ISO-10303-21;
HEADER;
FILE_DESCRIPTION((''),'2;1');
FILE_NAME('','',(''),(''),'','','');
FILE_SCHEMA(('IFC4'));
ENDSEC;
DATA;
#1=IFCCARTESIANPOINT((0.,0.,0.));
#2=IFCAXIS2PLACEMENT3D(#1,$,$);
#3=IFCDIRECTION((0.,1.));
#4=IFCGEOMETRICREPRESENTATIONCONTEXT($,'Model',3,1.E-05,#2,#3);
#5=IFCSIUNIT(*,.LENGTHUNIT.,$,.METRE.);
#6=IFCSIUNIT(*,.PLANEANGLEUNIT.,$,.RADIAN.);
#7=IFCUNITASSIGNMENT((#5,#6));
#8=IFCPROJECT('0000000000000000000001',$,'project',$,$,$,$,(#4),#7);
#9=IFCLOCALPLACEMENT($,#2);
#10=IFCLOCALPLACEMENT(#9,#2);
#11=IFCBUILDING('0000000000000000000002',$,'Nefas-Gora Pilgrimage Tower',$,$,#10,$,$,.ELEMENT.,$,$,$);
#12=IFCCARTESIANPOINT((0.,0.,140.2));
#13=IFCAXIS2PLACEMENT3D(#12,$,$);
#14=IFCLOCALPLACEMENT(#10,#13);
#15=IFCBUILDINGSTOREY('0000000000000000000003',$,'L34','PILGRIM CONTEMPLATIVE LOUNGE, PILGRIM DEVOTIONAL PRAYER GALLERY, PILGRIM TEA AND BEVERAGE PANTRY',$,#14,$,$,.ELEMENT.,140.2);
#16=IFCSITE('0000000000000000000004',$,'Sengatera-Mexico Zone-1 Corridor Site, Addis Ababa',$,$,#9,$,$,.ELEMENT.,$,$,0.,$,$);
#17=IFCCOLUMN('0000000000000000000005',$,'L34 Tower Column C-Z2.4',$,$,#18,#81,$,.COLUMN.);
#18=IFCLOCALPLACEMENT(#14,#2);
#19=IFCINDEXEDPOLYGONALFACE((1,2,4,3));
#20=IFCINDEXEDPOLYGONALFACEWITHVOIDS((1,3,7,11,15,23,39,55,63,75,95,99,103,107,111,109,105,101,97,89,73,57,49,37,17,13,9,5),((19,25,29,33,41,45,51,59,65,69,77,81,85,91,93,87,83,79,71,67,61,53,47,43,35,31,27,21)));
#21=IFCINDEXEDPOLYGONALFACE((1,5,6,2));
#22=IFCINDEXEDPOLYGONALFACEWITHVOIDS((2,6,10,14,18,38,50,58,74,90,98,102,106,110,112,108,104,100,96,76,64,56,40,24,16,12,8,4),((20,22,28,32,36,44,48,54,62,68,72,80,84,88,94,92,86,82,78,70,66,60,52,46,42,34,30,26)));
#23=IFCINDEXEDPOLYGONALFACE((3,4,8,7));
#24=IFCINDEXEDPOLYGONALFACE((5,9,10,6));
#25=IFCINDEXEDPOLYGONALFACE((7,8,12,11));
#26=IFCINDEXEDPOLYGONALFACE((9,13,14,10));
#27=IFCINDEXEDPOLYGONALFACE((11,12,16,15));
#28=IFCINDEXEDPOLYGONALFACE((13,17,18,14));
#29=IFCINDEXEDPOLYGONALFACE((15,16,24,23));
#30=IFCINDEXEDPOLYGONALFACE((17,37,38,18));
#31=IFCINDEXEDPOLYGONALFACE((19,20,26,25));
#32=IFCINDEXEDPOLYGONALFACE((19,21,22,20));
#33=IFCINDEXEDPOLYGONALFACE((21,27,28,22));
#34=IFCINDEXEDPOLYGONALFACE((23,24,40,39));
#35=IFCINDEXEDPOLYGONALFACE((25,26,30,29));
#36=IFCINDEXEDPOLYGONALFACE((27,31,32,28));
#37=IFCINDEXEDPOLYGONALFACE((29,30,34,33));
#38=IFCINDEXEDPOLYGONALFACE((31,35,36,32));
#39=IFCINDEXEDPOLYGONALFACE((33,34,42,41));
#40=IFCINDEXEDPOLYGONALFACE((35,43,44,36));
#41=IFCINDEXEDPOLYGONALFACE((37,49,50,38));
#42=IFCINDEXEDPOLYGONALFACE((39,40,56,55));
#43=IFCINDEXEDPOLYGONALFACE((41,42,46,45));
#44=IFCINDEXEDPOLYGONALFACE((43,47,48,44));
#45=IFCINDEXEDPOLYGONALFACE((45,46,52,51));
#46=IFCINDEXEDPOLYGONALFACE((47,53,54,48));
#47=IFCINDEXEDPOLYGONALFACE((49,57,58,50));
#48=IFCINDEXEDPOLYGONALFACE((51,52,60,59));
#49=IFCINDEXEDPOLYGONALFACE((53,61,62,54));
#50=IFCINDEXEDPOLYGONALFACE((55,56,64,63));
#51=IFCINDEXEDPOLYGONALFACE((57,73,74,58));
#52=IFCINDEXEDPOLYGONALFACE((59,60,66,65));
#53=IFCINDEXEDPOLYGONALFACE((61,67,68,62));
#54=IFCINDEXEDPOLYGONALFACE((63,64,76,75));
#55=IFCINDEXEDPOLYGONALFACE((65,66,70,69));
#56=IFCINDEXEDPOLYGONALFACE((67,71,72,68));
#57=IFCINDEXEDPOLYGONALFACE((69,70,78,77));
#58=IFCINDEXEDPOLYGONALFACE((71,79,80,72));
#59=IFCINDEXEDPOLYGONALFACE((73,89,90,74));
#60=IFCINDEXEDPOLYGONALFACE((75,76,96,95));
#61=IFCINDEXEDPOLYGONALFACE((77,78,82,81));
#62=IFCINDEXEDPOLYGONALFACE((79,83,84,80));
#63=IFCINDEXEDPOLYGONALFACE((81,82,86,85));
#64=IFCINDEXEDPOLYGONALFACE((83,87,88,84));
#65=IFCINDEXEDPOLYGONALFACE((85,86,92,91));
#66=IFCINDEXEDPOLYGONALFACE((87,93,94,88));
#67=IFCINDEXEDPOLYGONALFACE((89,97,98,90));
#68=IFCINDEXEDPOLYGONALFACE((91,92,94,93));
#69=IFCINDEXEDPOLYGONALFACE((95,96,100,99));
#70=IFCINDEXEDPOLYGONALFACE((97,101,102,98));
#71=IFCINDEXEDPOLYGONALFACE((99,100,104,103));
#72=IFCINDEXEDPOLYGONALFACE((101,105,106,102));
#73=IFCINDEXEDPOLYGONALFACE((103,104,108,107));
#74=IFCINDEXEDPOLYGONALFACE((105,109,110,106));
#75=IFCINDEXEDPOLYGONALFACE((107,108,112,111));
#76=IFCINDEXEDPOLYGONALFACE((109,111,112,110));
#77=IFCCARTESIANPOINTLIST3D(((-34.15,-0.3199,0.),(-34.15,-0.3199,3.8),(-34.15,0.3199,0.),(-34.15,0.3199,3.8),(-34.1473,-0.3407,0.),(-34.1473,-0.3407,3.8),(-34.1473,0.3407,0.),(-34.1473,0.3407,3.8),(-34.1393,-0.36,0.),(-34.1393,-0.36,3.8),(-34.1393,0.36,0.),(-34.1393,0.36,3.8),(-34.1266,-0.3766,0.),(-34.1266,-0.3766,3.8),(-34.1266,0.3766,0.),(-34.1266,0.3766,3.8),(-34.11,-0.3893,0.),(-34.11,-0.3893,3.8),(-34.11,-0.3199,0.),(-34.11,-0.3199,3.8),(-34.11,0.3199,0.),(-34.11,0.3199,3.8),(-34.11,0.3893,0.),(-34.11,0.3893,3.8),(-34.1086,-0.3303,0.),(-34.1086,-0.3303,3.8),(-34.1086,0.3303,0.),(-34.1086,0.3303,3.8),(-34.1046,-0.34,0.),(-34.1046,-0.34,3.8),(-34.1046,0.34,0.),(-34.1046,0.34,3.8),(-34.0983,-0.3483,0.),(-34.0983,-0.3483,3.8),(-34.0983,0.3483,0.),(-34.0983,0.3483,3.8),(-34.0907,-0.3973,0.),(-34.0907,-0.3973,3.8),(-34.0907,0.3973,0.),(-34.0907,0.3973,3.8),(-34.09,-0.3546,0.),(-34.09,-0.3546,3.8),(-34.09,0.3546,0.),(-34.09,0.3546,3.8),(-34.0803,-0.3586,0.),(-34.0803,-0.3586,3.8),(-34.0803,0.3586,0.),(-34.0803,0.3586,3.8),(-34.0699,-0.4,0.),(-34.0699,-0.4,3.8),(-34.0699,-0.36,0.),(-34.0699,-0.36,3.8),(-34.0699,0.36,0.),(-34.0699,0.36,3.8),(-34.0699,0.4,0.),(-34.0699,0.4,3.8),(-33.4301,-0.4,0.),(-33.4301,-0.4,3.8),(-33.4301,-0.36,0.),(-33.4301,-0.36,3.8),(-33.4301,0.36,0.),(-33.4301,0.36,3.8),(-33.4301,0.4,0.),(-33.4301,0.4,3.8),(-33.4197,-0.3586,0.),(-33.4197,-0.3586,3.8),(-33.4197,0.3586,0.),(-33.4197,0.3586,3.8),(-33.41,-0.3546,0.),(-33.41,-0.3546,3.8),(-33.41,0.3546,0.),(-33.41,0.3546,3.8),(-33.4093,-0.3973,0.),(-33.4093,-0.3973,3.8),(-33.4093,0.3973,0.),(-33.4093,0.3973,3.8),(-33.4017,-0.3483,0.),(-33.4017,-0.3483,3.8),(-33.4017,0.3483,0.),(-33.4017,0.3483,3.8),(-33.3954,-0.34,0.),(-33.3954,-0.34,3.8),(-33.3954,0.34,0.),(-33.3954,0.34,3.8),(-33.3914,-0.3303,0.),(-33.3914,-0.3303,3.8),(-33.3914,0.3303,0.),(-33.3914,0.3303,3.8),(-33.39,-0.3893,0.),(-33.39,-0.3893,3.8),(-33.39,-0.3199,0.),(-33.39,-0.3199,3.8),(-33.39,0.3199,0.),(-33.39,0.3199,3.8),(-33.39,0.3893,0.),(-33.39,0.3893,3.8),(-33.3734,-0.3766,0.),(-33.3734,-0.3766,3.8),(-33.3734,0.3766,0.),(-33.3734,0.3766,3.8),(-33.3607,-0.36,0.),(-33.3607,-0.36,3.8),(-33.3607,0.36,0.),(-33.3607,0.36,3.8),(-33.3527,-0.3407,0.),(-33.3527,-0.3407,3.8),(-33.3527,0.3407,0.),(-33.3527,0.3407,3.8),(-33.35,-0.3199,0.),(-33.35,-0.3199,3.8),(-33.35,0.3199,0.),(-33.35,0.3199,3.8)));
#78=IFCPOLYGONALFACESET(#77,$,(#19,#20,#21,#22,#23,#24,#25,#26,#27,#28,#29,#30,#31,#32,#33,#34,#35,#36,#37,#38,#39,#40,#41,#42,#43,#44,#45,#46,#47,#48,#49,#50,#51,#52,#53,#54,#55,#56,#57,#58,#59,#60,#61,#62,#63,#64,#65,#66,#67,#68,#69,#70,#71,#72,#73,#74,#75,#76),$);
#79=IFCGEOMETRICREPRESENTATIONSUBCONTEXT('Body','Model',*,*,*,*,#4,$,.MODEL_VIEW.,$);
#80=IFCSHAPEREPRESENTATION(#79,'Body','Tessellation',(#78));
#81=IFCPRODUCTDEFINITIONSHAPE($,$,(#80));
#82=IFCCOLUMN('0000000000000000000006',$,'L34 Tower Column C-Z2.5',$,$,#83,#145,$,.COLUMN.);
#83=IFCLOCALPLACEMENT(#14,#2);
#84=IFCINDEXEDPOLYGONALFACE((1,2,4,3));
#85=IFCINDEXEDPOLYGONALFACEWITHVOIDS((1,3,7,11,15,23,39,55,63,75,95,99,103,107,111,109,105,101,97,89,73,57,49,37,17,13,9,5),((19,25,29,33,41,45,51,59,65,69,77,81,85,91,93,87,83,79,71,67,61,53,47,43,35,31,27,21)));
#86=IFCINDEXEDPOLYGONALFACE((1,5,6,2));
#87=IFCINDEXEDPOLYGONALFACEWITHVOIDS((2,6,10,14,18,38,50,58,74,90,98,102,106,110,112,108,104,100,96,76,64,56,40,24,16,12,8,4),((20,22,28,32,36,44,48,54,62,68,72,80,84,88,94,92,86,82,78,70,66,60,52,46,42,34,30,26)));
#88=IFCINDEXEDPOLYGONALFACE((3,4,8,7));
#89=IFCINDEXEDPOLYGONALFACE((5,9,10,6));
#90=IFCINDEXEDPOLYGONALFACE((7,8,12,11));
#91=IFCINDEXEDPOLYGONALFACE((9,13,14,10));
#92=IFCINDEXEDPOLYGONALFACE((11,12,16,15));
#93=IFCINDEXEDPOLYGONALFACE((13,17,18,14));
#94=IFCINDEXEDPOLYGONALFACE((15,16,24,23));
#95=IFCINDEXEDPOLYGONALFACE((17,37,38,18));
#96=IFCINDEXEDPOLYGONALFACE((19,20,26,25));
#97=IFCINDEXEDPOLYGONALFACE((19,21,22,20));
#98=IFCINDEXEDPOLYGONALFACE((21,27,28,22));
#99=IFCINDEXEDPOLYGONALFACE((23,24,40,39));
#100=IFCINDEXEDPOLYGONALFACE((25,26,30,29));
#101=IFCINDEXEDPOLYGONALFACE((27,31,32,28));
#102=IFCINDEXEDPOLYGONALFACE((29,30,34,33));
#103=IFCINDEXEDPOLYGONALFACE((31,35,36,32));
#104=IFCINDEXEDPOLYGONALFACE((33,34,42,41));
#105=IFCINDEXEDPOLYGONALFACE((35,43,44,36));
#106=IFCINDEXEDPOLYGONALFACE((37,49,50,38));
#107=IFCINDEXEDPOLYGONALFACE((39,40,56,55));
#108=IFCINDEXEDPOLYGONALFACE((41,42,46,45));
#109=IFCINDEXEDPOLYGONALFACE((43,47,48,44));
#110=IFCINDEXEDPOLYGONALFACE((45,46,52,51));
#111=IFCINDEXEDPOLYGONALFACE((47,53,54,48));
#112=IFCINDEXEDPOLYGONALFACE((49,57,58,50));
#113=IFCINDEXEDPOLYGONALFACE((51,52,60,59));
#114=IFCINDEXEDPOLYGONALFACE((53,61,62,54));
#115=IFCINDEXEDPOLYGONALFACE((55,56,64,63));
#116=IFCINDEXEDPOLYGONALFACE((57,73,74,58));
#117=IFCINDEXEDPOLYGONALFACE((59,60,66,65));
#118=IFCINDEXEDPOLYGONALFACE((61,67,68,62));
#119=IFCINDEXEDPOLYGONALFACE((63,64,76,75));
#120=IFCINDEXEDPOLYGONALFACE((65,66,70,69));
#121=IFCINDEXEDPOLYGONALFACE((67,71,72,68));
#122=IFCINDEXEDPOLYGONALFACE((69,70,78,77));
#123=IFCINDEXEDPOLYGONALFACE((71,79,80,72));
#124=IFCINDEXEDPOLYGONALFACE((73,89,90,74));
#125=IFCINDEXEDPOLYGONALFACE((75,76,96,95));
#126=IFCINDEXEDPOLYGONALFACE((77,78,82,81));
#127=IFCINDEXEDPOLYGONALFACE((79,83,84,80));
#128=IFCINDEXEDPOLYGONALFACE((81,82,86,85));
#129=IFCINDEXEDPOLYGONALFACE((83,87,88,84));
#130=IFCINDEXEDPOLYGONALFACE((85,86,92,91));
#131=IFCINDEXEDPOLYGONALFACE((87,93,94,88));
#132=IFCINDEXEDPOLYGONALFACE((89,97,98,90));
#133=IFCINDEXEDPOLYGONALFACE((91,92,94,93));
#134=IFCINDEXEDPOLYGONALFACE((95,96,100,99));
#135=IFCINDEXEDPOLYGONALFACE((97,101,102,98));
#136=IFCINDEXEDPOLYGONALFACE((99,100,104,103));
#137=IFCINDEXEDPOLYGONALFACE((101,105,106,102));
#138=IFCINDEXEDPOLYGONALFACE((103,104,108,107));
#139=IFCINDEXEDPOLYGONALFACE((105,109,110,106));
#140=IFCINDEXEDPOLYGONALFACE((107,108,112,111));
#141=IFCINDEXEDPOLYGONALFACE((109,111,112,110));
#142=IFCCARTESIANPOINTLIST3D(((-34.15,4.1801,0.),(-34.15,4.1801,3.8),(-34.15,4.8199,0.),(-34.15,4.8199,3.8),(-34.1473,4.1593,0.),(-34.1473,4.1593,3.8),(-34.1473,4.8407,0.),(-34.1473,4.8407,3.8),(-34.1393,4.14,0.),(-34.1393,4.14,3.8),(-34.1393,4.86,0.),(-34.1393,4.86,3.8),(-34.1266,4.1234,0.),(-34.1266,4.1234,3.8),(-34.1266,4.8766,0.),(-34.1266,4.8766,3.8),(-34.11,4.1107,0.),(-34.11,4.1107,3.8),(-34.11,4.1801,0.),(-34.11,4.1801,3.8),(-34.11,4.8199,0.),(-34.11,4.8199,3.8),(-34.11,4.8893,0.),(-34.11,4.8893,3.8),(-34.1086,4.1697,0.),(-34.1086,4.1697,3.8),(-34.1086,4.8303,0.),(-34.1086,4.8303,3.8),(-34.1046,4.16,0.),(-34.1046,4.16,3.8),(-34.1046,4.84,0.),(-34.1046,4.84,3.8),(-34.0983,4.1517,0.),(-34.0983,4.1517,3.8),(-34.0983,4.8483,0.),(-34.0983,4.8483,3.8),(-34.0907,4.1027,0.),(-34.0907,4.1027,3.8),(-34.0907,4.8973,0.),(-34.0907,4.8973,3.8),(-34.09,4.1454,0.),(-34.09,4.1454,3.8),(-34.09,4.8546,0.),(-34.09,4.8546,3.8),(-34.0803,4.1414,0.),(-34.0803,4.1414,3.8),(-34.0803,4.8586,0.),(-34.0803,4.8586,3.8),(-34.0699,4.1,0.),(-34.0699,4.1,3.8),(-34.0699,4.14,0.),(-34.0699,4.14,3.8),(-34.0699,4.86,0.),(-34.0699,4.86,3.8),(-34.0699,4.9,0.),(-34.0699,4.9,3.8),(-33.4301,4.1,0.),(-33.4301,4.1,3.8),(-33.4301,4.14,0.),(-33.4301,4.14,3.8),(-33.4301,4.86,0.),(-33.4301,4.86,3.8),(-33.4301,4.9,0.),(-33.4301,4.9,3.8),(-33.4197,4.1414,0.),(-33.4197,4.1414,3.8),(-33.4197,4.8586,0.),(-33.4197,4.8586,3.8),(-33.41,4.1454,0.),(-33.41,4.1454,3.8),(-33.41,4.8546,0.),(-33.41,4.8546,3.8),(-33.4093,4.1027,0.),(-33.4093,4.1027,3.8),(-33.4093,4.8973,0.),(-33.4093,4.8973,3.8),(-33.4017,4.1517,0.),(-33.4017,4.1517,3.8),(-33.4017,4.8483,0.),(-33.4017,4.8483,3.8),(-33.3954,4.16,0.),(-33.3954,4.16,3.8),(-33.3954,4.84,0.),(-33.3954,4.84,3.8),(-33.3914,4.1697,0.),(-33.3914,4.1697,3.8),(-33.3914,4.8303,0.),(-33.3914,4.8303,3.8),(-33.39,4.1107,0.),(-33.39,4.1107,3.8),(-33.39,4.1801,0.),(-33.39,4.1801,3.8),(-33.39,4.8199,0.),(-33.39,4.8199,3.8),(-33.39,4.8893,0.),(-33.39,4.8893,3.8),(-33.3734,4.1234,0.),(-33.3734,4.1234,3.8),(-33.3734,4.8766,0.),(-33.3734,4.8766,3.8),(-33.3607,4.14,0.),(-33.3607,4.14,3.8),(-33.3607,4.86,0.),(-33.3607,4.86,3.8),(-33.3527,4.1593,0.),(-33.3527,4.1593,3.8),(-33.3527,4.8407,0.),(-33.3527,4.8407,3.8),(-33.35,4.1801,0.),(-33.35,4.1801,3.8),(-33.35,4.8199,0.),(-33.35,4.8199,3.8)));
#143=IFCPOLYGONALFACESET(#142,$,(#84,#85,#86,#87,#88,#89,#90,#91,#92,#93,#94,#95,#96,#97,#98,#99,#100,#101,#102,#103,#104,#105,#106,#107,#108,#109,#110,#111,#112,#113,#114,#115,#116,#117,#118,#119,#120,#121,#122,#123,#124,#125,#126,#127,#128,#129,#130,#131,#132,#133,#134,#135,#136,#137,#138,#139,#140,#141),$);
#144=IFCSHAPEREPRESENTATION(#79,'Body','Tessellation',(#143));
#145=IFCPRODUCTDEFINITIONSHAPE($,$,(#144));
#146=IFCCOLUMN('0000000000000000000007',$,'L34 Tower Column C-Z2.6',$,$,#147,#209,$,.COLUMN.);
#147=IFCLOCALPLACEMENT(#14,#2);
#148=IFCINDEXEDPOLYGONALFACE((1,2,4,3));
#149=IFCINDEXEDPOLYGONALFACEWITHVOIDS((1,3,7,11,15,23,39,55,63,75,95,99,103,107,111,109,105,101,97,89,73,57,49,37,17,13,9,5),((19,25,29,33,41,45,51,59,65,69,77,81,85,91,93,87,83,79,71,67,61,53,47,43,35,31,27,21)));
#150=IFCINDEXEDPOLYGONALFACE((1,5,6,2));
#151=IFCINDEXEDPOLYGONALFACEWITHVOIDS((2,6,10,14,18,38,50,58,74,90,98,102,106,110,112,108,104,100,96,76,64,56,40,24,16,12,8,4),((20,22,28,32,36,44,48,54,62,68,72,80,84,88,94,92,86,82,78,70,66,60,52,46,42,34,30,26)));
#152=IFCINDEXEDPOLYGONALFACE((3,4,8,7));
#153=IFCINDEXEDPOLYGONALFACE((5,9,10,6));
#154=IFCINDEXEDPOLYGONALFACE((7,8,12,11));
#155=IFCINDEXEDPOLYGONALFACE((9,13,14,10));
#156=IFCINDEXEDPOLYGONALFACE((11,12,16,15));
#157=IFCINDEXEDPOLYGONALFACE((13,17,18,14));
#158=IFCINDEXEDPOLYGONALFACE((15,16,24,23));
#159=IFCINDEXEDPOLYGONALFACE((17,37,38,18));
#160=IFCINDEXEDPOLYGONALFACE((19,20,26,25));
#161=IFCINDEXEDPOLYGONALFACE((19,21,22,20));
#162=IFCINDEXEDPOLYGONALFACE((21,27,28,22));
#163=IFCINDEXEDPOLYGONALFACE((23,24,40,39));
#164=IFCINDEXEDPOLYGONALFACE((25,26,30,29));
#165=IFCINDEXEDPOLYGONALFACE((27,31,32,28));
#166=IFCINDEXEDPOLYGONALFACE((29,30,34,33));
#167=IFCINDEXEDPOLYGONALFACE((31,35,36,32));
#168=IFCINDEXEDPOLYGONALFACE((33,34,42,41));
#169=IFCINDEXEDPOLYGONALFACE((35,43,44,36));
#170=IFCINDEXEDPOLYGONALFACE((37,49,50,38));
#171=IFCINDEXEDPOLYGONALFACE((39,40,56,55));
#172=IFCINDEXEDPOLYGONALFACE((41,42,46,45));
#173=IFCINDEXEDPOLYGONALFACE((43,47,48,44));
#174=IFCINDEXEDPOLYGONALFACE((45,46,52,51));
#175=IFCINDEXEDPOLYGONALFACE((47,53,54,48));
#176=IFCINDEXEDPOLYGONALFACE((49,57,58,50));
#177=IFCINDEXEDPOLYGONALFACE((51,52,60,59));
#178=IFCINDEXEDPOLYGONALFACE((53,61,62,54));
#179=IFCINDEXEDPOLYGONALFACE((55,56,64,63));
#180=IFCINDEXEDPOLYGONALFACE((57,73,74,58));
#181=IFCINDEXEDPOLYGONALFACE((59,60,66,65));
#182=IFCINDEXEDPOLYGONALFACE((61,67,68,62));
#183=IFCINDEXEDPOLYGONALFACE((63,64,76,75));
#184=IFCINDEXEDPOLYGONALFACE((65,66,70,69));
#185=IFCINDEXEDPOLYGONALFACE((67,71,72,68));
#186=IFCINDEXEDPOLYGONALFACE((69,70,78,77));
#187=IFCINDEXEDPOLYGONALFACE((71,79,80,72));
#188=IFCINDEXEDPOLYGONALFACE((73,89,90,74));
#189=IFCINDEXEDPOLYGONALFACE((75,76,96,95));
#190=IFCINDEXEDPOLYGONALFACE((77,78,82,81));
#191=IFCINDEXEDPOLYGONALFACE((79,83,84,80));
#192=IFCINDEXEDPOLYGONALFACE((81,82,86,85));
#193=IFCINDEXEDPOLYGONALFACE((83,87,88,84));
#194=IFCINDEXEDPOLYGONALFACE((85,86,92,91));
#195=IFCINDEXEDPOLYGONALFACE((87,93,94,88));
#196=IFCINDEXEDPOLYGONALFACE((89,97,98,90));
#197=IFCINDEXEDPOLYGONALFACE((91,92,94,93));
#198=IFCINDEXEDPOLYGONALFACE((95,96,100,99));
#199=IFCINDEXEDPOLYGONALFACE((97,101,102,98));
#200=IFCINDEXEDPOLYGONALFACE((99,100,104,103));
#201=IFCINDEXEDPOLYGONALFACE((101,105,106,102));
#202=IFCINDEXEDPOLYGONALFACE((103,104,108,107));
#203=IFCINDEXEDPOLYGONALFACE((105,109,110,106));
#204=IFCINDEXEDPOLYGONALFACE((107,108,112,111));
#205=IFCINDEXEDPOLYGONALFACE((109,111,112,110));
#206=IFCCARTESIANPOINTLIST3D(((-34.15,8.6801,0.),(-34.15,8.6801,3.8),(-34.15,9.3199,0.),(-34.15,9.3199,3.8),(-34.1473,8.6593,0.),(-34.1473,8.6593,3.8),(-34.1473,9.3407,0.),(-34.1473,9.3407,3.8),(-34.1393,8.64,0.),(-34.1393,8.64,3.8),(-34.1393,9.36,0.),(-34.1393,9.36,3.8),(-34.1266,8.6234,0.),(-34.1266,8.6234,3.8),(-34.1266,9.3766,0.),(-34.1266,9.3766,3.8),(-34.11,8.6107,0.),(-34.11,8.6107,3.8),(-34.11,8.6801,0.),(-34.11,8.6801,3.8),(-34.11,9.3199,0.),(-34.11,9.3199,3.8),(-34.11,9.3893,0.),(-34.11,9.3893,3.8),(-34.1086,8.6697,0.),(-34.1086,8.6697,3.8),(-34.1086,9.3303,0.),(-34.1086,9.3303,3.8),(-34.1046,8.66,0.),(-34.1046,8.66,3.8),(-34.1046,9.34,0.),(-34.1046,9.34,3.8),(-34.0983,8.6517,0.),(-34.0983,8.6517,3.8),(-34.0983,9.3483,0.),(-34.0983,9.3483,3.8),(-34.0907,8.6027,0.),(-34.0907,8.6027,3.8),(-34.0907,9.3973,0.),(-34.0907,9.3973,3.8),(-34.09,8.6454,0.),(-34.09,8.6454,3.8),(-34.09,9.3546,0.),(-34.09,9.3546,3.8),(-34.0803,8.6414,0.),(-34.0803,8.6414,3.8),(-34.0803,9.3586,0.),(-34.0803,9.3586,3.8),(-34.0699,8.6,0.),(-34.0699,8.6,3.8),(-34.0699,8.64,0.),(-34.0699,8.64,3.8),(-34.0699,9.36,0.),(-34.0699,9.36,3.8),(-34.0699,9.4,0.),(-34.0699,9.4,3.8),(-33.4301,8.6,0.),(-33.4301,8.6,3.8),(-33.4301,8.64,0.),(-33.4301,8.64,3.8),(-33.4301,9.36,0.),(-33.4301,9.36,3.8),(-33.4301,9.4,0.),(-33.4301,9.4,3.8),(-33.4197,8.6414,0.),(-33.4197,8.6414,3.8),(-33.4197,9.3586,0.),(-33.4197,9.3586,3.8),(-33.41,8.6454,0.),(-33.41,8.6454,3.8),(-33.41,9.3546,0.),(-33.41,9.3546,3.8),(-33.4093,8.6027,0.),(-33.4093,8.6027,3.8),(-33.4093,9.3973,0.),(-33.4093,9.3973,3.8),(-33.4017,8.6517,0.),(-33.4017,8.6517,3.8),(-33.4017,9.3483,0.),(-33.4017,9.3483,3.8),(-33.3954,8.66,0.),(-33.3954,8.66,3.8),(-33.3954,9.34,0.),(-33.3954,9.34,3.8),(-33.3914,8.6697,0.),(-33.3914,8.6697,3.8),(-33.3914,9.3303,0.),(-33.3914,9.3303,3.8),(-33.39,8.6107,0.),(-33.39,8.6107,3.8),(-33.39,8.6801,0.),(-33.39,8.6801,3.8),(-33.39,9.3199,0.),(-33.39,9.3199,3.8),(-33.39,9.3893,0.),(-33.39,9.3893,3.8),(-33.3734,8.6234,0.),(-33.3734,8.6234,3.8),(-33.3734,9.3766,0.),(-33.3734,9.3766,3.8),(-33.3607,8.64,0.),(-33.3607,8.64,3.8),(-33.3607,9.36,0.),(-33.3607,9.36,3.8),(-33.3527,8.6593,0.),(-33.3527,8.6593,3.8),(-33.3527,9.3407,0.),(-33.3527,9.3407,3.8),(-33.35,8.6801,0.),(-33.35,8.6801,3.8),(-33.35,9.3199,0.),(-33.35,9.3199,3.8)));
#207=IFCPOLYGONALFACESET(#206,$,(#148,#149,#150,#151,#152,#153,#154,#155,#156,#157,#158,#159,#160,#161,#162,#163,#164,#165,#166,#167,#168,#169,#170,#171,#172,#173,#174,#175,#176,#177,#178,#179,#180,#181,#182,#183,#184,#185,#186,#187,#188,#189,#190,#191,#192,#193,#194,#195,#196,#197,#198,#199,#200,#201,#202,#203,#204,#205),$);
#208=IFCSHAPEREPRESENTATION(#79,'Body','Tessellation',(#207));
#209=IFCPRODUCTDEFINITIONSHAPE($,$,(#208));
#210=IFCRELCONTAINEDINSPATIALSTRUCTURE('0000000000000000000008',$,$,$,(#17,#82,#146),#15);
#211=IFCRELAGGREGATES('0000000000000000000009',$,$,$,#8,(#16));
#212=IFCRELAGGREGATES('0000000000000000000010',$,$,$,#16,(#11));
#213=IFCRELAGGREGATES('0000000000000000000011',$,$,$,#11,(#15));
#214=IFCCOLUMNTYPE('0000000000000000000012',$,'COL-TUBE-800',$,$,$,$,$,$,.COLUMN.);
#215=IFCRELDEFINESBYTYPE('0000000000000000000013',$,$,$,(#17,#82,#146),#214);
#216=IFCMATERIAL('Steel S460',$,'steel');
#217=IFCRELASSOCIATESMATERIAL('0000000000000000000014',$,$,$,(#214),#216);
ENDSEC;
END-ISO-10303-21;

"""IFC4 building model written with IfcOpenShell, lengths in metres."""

from ifc_helpers import new_model, si_unit, direction, frame, origin, origin_2d, place, context, subcontext, project, spatial, hollow_rectangle, extrude, source, transform, mapped, material, material_profile, profile_set, type_object, element, save


model = new_model("IFC4")

# Units and contexts
model_context = context("Model", 3, precision=1e-05, world=origin(), true_north=direction((0.0, 1.0)))
body_context = subcontext(model_context, "Body", "Model", "MODEL_VIEW")
ifc_project = project(units=[si_unit("LENGTHUNIT", "METRE"), si_unit("PLANEANGLEUNIT", "RADIAN")], contexts=[model_context])

# Site, building, storey
site_placement = place(None, origin())
site = spatial("IfcSite", under=ifc_project, at=site_placement, Name="Sengatera-Mexico Zone-1 Corridor Site, Addis Ababa", CompositionType="ELEMENT", RefElevation=0.0)
building_placement = place(site_placement, origin())
building = spatial("IfcBuilding", under=site, at=building_placement, Name="Nefas-Gora Pilgrimage Tower", CompositionType="ELEMENT")
storey_placement = place(building_placement, frame((0.0, 0.0, 140.2)))
storey = spatial("IfcBuildingStorey", under=building, at=storey_placement, Name="L34", Description="PILGRIM CONTEMPLATIVE LOUNGE, PILGRIM DEVOTIONAL PRAYER GALLERY, PILGRIM TEA AND BEVERAGE PANTRY", CompositionType="ELEMENT", Elevation=140.2)

# Columns
ifc_material_1 = material(Name="Steel S460", Category="steel")
ifc_material_profile_1 = material_profile(ifc_material_1, hollow_rectangle(XDim=0.8, YDim=0.8, WallThickness=0.04, InnerFilletRadius=0.04, OuterFilletRadius=0.0801, at=origin_2d()), Name="BOX 800x800x40")
ifc_profile_set_1 = profile_set([ifc_material_profile_1], Name="Steel S460")
column_type_1 = type_object("IfcColumnType", Name="COL-TUBE-800", PredefinedType="COLUMN", material=ifc_profile_set_1)
shared_shape_1 = source(origin(), body_context, "Body", "SweptSolid", [
    extrude(hollow_rectangle(XDim=0.8, YDim=0.8, WallThickness=0.04, InnerFilletRadius=0.04, OuterFilletRadius=0.0801, at=origin_2d()), origin(), (0.0, 0.0, 1.0), 3.8),
])
for number, where, z_axis, x_axis, name in (
    (1, (-33.75, 0.0, 0.0), (0.0, 0.0, 1.0), (1.0, 0.0, 0.0), "L34 Tower Column C-Z2.4"),
    (2, (-33.75, 4.5, 0.0), (0.0, 0.0, 1.0), (1.0, 0.0, 0.0), "L34 Tower Column C-Z2.5"),
    (3, (-33.75, 9.0, 0.0), (0.0, 0.0, 1.0), (1.0, 0.0, 0.0), "L34 Tower Column C-Z2.6"),
):
    element("IfcColumn", number, at=place(storey_placement, frame(where, z_axis=z_axis, x_axis=x_axis)), inside=storey, type_object=column_type_1, Name=name, PredefinedType="COLUMN", context=body_context, shape_type="MappedRepresentation", body=[
        mapped(shared_shape_1, transform((0.0, 0.0, 0.0), x_axis=(1.0, 0.0, 0.0), y_axis=(0.0, 1.0, 0.0), z_axis=(0.0, 0.0, 1.0), scale=1.0)),
    ])

save(model, "model.ifc")
